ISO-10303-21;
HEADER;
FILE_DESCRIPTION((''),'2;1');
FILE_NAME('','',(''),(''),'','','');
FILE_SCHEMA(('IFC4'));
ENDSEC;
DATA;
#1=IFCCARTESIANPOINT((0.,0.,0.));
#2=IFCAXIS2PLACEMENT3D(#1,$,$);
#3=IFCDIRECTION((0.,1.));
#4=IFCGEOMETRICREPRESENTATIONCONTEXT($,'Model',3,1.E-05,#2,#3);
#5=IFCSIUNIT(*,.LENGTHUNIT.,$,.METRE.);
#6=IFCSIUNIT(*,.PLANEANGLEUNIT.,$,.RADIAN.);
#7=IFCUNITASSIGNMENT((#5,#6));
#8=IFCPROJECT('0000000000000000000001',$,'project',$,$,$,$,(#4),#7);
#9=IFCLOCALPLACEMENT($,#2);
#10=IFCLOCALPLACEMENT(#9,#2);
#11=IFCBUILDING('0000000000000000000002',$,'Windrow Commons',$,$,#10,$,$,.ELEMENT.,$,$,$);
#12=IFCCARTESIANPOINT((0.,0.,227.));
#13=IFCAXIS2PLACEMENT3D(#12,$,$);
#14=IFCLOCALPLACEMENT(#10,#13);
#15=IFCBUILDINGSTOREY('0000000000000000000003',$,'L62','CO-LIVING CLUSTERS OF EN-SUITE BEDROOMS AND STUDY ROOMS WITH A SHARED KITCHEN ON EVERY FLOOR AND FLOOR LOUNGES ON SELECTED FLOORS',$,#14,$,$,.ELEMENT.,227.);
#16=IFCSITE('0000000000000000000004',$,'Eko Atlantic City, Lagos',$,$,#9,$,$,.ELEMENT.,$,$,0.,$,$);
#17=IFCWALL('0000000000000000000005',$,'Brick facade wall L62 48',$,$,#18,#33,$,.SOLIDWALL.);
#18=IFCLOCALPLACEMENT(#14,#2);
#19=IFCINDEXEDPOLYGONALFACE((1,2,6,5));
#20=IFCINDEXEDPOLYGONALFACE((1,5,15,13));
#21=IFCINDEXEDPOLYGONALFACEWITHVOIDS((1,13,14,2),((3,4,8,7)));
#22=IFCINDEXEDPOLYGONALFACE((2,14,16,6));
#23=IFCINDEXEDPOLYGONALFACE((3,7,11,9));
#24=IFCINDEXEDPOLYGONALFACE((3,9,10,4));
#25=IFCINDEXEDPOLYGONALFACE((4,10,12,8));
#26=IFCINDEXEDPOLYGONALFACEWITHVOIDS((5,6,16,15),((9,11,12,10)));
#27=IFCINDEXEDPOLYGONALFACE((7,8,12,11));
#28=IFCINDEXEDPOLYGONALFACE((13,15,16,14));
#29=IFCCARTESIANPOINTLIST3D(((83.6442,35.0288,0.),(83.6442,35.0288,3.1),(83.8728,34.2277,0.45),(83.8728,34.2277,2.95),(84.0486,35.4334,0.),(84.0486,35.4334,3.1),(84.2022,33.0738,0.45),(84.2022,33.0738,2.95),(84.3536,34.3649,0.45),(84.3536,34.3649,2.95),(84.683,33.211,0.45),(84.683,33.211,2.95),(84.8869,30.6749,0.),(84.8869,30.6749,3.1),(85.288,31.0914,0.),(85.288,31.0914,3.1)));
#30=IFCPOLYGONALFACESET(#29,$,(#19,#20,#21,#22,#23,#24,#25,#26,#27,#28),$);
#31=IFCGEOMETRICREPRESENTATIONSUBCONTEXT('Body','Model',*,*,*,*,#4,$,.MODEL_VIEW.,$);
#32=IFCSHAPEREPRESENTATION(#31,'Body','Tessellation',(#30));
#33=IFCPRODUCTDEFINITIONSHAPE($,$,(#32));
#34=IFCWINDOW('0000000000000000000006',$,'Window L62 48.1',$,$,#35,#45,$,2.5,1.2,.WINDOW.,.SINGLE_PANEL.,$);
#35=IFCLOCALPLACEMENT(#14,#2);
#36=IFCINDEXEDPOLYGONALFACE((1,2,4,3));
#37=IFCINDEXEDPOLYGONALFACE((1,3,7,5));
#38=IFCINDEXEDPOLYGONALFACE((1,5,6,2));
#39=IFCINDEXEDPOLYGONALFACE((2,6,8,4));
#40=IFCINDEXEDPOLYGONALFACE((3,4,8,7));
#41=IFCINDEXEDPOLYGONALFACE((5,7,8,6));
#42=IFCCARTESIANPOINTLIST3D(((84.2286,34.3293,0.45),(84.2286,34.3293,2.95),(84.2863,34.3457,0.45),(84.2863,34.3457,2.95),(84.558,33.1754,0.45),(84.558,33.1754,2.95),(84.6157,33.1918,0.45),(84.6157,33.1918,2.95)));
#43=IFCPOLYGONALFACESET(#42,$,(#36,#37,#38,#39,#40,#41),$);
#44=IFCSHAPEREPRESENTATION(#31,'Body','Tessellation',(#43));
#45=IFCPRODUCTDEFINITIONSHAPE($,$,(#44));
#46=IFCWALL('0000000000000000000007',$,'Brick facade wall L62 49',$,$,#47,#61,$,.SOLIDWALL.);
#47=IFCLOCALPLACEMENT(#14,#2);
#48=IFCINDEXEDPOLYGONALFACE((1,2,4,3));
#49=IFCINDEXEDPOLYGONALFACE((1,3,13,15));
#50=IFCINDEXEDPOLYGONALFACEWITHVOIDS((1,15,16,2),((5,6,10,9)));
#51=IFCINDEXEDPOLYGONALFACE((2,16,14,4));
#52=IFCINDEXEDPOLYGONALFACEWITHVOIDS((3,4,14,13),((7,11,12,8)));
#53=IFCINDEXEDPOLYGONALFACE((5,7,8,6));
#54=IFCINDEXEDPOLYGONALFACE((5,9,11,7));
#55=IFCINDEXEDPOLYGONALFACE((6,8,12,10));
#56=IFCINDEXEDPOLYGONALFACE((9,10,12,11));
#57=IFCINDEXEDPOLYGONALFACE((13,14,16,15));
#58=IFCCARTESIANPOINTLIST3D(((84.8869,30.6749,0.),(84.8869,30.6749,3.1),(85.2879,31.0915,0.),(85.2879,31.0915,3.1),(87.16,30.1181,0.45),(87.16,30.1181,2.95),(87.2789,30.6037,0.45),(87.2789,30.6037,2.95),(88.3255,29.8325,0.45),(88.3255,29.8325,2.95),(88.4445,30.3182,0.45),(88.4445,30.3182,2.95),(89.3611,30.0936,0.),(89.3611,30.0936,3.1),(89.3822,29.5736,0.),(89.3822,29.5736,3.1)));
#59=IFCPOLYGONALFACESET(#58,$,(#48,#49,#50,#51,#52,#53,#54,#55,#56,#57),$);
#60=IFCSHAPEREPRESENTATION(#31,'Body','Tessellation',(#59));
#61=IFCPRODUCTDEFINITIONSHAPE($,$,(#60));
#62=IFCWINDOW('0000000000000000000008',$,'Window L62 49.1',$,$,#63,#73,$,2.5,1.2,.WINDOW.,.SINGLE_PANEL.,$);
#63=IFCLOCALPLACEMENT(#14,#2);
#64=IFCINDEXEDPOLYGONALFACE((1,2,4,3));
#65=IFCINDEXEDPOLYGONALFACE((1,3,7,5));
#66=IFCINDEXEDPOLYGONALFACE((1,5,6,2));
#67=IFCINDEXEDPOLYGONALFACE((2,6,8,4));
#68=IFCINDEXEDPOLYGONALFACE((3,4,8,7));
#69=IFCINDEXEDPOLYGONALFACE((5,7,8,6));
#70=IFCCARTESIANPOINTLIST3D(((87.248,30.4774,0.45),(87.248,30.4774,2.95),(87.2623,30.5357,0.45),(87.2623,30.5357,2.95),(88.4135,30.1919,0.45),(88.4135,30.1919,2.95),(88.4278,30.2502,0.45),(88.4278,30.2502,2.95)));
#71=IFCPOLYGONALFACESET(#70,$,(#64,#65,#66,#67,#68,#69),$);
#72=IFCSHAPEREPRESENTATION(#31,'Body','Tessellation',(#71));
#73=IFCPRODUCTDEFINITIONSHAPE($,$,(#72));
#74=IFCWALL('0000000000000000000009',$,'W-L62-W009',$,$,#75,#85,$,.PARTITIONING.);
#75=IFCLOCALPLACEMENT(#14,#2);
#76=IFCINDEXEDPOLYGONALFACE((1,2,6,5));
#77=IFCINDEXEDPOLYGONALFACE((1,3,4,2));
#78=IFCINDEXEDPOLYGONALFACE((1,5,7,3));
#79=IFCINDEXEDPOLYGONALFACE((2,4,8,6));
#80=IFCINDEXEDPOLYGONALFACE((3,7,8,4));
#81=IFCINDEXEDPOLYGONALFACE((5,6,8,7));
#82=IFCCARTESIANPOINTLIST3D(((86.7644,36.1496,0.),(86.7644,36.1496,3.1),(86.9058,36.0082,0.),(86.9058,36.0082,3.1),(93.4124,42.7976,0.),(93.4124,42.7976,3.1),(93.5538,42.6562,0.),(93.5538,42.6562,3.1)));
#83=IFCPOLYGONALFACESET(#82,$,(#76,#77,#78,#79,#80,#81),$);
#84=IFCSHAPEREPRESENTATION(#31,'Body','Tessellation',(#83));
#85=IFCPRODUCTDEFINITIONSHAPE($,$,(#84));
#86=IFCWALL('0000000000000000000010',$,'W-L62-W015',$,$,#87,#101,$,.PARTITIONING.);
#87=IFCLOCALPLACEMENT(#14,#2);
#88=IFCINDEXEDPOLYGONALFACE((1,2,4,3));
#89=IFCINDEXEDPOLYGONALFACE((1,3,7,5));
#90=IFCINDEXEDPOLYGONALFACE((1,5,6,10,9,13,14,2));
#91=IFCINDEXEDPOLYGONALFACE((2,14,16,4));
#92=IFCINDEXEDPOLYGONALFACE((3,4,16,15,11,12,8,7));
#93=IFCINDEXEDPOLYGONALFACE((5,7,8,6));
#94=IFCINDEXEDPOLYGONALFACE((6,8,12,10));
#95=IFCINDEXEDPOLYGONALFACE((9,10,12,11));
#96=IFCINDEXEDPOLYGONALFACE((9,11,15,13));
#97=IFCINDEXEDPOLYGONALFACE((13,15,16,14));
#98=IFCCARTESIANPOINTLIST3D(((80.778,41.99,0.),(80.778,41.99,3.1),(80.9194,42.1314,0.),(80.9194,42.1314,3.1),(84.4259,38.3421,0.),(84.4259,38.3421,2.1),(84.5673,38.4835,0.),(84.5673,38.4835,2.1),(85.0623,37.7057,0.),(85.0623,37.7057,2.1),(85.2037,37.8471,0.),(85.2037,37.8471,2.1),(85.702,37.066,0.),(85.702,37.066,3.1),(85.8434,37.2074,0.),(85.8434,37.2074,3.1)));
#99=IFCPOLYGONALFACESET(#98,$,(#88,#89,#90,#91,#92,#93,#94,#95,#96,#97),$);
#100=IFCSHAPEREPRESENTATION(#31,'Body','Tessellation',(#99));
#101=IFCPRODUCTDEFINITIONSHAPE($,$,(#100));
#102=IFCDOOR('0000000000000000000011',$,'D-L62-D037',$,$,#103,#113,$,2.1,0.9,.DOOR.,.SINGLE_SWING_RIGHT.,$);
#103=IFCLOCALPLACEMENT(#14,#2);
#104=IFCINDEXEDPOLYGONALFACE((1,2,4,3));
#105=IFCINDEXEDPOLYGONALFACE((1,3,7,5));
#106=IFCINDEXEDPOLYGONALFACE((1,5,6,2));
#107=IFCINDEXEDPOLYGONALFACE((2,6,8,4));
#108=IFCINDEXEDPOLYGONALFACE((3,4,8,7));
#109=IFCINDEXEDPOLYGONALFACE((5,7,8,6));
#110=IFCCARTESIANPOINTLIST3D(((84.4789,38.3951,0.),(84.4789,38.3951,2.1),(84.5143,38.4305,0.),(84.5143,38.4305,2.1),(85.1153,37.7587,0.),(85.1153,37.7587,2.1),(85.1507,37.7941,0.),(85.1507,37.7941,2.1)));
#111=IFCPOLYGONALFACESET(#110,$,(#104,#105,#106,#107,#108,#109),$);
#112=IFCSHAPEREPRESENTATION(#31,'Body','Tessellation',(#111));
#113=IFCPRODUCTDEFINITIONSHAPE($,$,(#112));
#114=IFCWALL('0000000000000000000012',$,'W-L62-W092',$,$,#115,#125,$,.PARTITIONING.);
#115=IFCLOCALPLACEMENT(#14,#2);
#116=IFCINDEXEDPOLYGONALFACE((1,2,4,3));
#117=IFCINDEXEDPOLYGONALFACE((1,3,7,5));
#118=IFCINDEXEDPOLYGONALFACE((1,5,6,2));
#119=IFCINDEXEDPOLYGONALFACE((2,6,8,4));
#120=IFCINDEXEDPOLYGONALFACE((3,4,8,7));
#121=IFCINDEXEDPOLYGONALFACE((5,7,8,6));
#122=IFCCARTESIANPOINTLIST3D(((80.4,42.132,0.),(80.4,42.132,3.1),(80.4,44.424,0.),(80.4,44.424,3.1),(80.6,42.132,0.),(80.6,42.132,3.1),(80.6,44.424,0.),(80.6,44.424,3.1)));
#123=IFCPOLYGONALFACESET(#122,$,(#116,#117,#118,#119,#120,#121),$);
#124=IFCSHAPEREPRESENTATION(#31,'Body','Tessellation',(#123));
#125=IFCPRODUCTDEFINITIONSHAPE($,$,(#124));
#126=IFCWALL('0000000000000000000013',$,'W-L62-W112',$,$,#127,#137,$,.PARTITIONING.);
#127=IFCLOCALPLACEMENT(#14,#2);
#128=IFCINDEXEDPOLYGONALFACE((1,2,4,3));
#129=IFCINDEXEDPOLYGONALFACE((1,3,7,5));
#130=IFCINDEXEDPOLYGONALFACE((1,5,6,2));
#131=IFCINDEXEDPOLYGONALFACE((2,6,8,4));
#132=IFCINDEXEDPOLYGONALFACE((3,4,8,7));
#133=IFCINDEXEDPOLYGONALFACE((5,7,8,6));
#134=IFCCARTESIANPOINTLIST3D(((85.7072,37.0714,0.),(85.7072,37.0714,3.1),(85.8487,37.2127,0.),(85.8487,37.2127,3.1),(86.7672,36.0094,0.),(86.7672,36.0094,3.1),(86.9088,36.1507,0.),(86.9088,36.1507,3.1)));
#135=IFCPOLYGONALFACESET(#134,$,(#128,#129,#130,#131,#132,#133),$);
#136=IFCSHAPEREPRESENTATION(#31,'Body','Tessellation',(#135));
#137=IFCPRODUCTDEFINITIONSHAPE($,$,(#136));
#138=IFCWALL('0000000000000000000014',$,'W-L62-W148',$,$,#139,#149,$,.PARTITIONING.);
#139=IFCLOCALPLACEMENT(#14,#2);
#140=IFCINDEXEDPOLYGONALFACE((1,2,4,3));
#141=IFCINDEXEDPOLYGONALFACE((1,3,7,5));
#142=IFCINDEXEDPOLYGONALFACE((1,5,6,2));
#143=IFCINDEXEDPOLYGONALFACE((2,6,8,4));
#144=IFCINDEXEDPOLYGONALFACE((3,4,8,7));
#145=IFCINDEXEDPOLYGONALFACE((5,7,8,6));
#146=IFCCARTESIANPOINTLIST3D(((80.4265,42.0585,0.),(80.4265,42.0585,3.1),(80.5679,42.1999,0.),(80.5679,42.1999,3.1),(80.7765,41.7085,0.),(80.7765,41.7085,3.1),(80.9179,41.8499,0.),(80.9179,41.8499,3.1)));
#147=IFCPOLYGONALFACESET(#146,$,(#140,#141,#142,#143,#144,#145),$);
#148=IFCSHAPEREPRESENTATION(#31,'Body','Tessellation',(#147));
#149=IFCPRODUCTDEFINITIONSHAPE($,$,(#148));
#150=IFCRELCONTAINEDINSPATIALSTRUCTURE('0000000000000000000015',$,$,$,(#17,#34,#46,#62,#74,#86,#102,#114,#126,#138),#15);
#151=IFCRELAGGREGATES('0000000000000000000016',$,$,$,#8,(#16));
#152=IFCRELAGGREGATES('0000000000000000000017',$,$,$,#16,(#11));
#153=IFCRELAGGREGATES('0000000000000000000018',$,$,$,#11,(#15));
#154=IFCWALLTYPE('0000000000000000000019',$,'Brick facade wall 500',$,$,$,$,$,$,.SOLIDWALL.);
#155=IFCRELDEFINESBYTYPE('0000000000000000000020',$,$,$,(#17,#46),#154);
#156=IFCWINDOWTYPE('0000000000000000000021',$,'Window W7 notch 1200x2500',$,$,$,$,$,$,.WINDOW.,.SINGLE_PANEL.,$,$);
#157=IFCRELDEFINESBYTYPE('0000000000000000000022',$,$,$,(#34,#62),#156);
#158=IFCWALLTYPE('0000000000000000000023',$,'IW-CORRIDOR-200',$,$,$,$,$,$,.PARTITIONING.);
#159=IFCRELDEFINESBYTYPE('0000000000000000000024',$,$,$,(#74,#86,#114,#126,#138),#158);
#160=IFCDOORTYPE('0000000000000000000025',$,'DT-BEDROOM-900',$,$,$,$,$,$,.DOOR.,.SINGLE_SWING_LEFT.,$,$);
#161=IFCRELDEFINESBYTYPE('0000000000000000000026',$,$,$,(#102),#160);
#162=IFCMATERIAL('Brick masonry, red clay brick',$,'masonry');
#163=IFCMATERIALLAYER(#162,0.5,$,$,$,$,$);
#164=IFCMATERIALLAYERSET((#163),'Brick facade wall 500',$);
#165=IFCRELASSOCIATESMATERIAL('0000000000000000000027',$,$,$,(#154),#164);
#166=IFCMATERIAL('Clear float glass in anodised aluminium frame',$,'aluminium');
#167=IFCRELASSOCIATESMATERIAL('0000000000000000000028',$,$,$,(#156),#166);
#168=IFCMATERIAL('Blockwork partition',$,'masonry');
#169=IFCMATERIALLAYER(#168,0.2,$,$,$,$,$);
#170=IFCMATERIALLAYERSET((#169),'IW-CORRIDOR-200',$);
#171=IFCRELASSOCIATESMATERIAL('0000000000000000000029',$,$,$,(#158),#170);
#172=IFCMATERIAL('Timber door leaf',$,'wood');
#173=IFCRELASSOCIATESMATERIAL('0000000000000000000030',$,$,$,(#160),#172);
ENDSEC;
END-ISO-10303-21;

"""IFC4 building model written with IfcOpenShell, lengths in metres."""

from ifc_helpers import new_model, si_unit, direction, frame, frame_2d, origin, place, context, subcontext, project, spatial, polyline, rectangle, outline, extrude, material, layer, layer_set, type_object, element, fill, save


model = new_model("IFC4")

# Units and contexts
model_context = context("Model", 3, precision=1e-05, world=origin(), true_north=direction((0.0, 1.0)))
body_context = subcontext(model_context, "Body", "Model", "MODEL_VIEW")
ifc_project = project(units=[si_unit("LENGTHUNIT", "METRE"), si_unit("PLANEANGLEUNIT", "RADIAN")], contexts=[model_context])

# Site, building, storey
site_placement = place(None, origin())
site = spatial("IfcSite", under=ifc_project, at=site_placement, Name="Eko Atlantic City, Lagos", CompositionType="ELEMENT", RefElevation=0.0)
building_placement = place(site_placement, origin())
building = spatial("IfcBuilding", under=site, at=building_placement, Name="Windrow Commons", CompositionType="ELEMENT")
storey_placement = place(building_placement, frame((0.0, 0.0, 227.0)))
storey = spatial("IfcBuildingStorey", under=building, at=storey_placement, Name="L62", Description="CO-LIVING CLUSTERS OF EN-SUITE BEDROOMS AND STUDY ROOMS WITH A SHARED KITCHEN ON EVERY FLOOR AND FLOOR LOUNGES ON SELECTED FLOORS", CompositionType="ELEMENT", Elevation=227.0)

# Shared definitions
ifc_material_1 = material(Name="Brick masonry, red clay brick", Category="masonry")
ifc_layer_1 = layer(ifc_material_1, 0.5)
ifc_layer_set_1 = layer_set([ifc_layer_1], Name="Brick facade wall 500")
wall_type_1 = type_object("IfcWallType", Name="Brick facade wall 500", PredefinedType="SOLIDWALL", material=ifc_layer_set_1)
ifc_material_2 = material(Name="Clear float glass in anodised aluminium frame", Category="aluminium")
window_type_1 = type_object("IfcWindowType", Name="Window W7 notch 1200x2500", PartitioningType="SINGLE_PANEL", PredefinedType="WINDOW", material=ifc_material_2)

# Walls, openings, windows
wall_1_placement = place(storey_placement, frame((83.8464, 35.2311, 0.0), z_axis=(0.0, 0.0, 1.0), x_axis=(0.274464, -0.961597, 0.0)))
wall_1 = element("IfcWall", 1, at=wall_1_placement, inside=storey, type_object=wall_type_1, Name="Brick facade wall L62 48", PredefinedType="SOLIDWALL", context=body_context, shape_type="SweptSolid", body=[
    extrude(outline(polyline([(0.139, -0.25), (4.6668, -0.25), (4.3764, 0.25), (-0.139, 0.25), (0.139, -0.25)])), origin(), (0.0, 0.0, 1.0), 3.1),
])
opening_1_placement = place(wall_1_placement, frame((0.9721, 0.0, 0.45)))
opening_1 = element("IfcOpeningElement", 2, at=opening_1_placement, cuts=wall_1, PredefinedType="OPENING", context=body_context, shape_type="SweptSolid", body=[
    extrude(rectangle(XDim=1.2, YDim=2.5, at=frame_2d((0.6, 1.25))), frame((0.0, 0.26, 0.0), z_axis=(0.0, -1.0, 0.0), x_axis=(1.0, 0.0, 0.0)), (0.0, 0.0, 1.0), 0.52),
])
window_1_placement = place(opening_1_placement, origin())
window_1 = element("IfcWindow", 3, at=window_1_placement, inside=storey, type_object=window_type_1, Name="Window L62 48.1", OverallHeight=2.5, OverallWidth=1.2, PartitioningType="SINGLE_PANEL", PredefinedType="WINDOW", context=body_context, shape_type="SweptSolid", body=[
    extrude(rectangle(XDim=1.2, YDim=2.5, at=frame_2d((0.6, 1.25))), frame((0.0, 0.18, 0.0), z_axis=(0.0, -1.0, 0.0), x_axis=(1.0, 0.0, 0.0)), (0.0, 0.0, 1.0), 0.06),
])
fill(opening_1, window_1)
wall_2_placement = place(storey_placement, frame((85.0874, 30.8832, 0.0), z_axis=(0.0, 0.0, 1.0), x_axis=(0.971277, -0.237951, 0.0)))
wall_2 = element("IfcWall", 4, at=wall_2_placement, inside=storey, type_object=wall_type_1, Name="Brick facade wall L62 49", PredefinedType="SOLIDWALL", context=body_context, shape_type="SweptSolid", body=[
    extrude(outline(polyline([(-0.1452, -0.25), (4.4831, -0.25), (4.3388, 0.25), (0.1452, 0.25), (-0.1452, -0.25)])), origin(), (0.0, 0.0, 1.0), 3.1),
])
opening_2_placement = place(wall_2_placement, frame((2.1951, 0.0, 0.45)))
opening_2 = element("IfcOpeningElement", 5, at=opening_2_placement, cuts=wall_2, PredefinedType="OPENING", context=body_context, shape_type="SweptSolid", body=[
    extrude(rectangle(XDim=1.2, YDim=2.5, at=frame_2d((0.6, 1.25))), frame((0.0, 0.26, 0.0), z_axis=(0.0, -1.0, 0.0), x_axis=(1.0, 0.0, 0.0)), (0.0, 0.0, 1.0), 0.52),
])
window_2_placement = place(opening_2_placement, origin())
window_2 = element("IfcWindow", 6, at=window_2_placement, inside=storey, type_object=window_type_1, Name="Window L62 49.1", OverallHeight=2.5, OverallWidth=1.2, PartitioningType="SINGLE_PANEL", PredefinedType="WINDOW", context=body_context, shape_type="SweptSolid", body=[
    extrude(rectangle(XDim=1.2, YDim=2.5, at=frame_2d((0.6, 1.25))), frame((0.0, 0.18, 0.0), z_axis=(0.0, -1.0, 0.0), x_axis=(1.0, 0.0, 0.0)), (0.0, 0.0, 1.0), 0.06),
])
fill(opening_2, window_2)

# Wall
ifc_material_3 = material(Name="Blockwork partition", Category="masonry")
ifc_layer_2 = layer(ifc_material_3, 0.2)
ifc_layer_set_2 = layer_set([ifc_layer_2], Name="IW-CORRIDOR-200")
wall_type_2 = type_object("IfcWallType", Name="IW-CORRIDOR-200", PredefinedType="PARTITIONING", material=ifc_layer_set_2)
wall_3_placement = place(storey_placement, frame((86.8351, 36.0789, 0.0), z_axis=(0.0, 0.0, 1.0), x_axis=(0.707107, 0.707107, 0.0)))
element("IfcWall", 7, at=wall_3_placement, inside=storey, type_object=wall_type_2, Name="W-L62-W009", PredefinedType="PARTITIONING", context=body_context, shape_type="SweptSolid", body=[
    extrude(rectangle(XDim=9.4017, YDim=0.2, at=frame_2d((4.7008, 0.0))), origin(), (0.0, 0.0, 1.0), 3.1),
])

# Wall, opening, door
wall_4_placement = place(storey_placement, frame((80.8487, 42.0607, 0.0), z_axis=(0.0, 0.0, 1.0), x_axis=(0.707107, -0.707107, 0.0)))
wall_4 = element("IfcWall", 8, at=wall_4_placement, inside=storey, type_object=wall_type_2, Name="W-L62-W015", PredefinedType="PARTITIONING", context=body_context, shape_type="SweptSolid", body=[
    extrude(rectangle(XDim=6.9636, YDim=0.2, at=frame_2d((3.4818, 0.0))), origin(), (0.0, 0.0, 1.0), 3.1),
])
opening_3_placement = place(wall_4_placement, frame((5.1589, 0.0, 0.0)))
opening_3 = element("IfcOpeningElement", 9, at=opening_3_placement, cuts=wall_4, PredefinedType="OPENING", context=body_context, shape_type="SweptSolid", body=[
    extrude(rectangle(XDim=0.9, YDim=2.1, at=frame_2d((0.45, 1.05))), frame((0.0, 0.11, 0.0), z_axis=(0.0, -1.0, 0.0), x_axis=(1.0, 0.0, 0.0)), (0.0, 0.0, 1.0), 0.22),
])
ifc_material_4 = material(Name="Timber door leaf", Category="wood")
door_type_1 = type_object("IfcDoorType", Name="DT-BEDROOM-900", OperationType="SINGLE_SWING_LEFT", PredefinedType="DOOR", material=ifc_material_4)
door_1_placement = place(opening_3_placement, origin())
door_1 = element("IfcDoor", 10, at=door_1_placement, inside=storey, type_object=door_type_1, Name="D-L62-D037", OperationType="SINGLE_SWING_RIGHT", OverallHeight=2.1, OverallWidth=0.9, PredefinedType="DOOR", context=body_context, shape_type="SweptSolid", body=[
    extrude(rectangle(XDim=0.9, YDim=2.1, at=frame_2d((0.45, 1.05))), frame((0.0, 0.025, 0.0), z_axis=(0.0, -1.0, 0.0), x_axis=(1.0, 0.0, 0.0)), (0.0, 0.0, 1.0), 0.05),
])
fill(opening_3, door_1)

# Walls
wall_5_placement = place(storey_placement, frame((80.5, 42.132, 0.0), z_axis=(0.0, 0.0, 1.0), x_axis=(0.0, 1.0, 0.0)))
element("IfcWall", 11, at=wall_5_placement, inside=storey, type_object=wall_type_2, Name="W-L62-W092", PredefinedType="PARTITIONING", context=body_context, shape_type="SweptSolid", body=[
    extrude(rectangle(XDim=2.292, YDim=0.2, at=frame_2d((1.146, 0.0))), origin(), (0.0, 0.0, 1.0), 3.1),
])
wall_6_placement = place(storey_placement, frame((85.778, 37.142, 0.0), z_axis=(0.0, 0.0, 1.0), x_axis=(0.70644, -0.707773, 0.0)))
element("IfcWall", 12, at=wall_6_placement, inside=storey, type_object=wall_type_2, Name="W-L62-W112", PredefinedType="PARTITIONING", context=body_context, shape_type="SweptSolid", body=[
    extrude(rectangle(XDim=1.5005, YDim=0.2, at=frame_2d((0.7502, 0.0))), origin(), (0.0, 0.0, 1.0), 3.1),
])
wall_7_placement = place(storey_placement, frame((80.4972, 42.1292, 0.0), z_axis=(0.0, 0.0, 1.0), x_axis=(0.707107, -0.707107, 0.0)))
element("IfcWall", 13, at=wall_7_placement, inside=storey, type_object=wall_type_2, Name="W-L62-W148", PredefinedType="PARTITIONING", context=body_context, shape_type="SweptSolid", body=[
    extrude(rectangle(XDim=0.495, YDim=0.2, at=frame_2d((0.2475, 0.0))), origin(), (0.0, 0.0, 1.0), 3.1),
])

save(model, "model.ifc")
